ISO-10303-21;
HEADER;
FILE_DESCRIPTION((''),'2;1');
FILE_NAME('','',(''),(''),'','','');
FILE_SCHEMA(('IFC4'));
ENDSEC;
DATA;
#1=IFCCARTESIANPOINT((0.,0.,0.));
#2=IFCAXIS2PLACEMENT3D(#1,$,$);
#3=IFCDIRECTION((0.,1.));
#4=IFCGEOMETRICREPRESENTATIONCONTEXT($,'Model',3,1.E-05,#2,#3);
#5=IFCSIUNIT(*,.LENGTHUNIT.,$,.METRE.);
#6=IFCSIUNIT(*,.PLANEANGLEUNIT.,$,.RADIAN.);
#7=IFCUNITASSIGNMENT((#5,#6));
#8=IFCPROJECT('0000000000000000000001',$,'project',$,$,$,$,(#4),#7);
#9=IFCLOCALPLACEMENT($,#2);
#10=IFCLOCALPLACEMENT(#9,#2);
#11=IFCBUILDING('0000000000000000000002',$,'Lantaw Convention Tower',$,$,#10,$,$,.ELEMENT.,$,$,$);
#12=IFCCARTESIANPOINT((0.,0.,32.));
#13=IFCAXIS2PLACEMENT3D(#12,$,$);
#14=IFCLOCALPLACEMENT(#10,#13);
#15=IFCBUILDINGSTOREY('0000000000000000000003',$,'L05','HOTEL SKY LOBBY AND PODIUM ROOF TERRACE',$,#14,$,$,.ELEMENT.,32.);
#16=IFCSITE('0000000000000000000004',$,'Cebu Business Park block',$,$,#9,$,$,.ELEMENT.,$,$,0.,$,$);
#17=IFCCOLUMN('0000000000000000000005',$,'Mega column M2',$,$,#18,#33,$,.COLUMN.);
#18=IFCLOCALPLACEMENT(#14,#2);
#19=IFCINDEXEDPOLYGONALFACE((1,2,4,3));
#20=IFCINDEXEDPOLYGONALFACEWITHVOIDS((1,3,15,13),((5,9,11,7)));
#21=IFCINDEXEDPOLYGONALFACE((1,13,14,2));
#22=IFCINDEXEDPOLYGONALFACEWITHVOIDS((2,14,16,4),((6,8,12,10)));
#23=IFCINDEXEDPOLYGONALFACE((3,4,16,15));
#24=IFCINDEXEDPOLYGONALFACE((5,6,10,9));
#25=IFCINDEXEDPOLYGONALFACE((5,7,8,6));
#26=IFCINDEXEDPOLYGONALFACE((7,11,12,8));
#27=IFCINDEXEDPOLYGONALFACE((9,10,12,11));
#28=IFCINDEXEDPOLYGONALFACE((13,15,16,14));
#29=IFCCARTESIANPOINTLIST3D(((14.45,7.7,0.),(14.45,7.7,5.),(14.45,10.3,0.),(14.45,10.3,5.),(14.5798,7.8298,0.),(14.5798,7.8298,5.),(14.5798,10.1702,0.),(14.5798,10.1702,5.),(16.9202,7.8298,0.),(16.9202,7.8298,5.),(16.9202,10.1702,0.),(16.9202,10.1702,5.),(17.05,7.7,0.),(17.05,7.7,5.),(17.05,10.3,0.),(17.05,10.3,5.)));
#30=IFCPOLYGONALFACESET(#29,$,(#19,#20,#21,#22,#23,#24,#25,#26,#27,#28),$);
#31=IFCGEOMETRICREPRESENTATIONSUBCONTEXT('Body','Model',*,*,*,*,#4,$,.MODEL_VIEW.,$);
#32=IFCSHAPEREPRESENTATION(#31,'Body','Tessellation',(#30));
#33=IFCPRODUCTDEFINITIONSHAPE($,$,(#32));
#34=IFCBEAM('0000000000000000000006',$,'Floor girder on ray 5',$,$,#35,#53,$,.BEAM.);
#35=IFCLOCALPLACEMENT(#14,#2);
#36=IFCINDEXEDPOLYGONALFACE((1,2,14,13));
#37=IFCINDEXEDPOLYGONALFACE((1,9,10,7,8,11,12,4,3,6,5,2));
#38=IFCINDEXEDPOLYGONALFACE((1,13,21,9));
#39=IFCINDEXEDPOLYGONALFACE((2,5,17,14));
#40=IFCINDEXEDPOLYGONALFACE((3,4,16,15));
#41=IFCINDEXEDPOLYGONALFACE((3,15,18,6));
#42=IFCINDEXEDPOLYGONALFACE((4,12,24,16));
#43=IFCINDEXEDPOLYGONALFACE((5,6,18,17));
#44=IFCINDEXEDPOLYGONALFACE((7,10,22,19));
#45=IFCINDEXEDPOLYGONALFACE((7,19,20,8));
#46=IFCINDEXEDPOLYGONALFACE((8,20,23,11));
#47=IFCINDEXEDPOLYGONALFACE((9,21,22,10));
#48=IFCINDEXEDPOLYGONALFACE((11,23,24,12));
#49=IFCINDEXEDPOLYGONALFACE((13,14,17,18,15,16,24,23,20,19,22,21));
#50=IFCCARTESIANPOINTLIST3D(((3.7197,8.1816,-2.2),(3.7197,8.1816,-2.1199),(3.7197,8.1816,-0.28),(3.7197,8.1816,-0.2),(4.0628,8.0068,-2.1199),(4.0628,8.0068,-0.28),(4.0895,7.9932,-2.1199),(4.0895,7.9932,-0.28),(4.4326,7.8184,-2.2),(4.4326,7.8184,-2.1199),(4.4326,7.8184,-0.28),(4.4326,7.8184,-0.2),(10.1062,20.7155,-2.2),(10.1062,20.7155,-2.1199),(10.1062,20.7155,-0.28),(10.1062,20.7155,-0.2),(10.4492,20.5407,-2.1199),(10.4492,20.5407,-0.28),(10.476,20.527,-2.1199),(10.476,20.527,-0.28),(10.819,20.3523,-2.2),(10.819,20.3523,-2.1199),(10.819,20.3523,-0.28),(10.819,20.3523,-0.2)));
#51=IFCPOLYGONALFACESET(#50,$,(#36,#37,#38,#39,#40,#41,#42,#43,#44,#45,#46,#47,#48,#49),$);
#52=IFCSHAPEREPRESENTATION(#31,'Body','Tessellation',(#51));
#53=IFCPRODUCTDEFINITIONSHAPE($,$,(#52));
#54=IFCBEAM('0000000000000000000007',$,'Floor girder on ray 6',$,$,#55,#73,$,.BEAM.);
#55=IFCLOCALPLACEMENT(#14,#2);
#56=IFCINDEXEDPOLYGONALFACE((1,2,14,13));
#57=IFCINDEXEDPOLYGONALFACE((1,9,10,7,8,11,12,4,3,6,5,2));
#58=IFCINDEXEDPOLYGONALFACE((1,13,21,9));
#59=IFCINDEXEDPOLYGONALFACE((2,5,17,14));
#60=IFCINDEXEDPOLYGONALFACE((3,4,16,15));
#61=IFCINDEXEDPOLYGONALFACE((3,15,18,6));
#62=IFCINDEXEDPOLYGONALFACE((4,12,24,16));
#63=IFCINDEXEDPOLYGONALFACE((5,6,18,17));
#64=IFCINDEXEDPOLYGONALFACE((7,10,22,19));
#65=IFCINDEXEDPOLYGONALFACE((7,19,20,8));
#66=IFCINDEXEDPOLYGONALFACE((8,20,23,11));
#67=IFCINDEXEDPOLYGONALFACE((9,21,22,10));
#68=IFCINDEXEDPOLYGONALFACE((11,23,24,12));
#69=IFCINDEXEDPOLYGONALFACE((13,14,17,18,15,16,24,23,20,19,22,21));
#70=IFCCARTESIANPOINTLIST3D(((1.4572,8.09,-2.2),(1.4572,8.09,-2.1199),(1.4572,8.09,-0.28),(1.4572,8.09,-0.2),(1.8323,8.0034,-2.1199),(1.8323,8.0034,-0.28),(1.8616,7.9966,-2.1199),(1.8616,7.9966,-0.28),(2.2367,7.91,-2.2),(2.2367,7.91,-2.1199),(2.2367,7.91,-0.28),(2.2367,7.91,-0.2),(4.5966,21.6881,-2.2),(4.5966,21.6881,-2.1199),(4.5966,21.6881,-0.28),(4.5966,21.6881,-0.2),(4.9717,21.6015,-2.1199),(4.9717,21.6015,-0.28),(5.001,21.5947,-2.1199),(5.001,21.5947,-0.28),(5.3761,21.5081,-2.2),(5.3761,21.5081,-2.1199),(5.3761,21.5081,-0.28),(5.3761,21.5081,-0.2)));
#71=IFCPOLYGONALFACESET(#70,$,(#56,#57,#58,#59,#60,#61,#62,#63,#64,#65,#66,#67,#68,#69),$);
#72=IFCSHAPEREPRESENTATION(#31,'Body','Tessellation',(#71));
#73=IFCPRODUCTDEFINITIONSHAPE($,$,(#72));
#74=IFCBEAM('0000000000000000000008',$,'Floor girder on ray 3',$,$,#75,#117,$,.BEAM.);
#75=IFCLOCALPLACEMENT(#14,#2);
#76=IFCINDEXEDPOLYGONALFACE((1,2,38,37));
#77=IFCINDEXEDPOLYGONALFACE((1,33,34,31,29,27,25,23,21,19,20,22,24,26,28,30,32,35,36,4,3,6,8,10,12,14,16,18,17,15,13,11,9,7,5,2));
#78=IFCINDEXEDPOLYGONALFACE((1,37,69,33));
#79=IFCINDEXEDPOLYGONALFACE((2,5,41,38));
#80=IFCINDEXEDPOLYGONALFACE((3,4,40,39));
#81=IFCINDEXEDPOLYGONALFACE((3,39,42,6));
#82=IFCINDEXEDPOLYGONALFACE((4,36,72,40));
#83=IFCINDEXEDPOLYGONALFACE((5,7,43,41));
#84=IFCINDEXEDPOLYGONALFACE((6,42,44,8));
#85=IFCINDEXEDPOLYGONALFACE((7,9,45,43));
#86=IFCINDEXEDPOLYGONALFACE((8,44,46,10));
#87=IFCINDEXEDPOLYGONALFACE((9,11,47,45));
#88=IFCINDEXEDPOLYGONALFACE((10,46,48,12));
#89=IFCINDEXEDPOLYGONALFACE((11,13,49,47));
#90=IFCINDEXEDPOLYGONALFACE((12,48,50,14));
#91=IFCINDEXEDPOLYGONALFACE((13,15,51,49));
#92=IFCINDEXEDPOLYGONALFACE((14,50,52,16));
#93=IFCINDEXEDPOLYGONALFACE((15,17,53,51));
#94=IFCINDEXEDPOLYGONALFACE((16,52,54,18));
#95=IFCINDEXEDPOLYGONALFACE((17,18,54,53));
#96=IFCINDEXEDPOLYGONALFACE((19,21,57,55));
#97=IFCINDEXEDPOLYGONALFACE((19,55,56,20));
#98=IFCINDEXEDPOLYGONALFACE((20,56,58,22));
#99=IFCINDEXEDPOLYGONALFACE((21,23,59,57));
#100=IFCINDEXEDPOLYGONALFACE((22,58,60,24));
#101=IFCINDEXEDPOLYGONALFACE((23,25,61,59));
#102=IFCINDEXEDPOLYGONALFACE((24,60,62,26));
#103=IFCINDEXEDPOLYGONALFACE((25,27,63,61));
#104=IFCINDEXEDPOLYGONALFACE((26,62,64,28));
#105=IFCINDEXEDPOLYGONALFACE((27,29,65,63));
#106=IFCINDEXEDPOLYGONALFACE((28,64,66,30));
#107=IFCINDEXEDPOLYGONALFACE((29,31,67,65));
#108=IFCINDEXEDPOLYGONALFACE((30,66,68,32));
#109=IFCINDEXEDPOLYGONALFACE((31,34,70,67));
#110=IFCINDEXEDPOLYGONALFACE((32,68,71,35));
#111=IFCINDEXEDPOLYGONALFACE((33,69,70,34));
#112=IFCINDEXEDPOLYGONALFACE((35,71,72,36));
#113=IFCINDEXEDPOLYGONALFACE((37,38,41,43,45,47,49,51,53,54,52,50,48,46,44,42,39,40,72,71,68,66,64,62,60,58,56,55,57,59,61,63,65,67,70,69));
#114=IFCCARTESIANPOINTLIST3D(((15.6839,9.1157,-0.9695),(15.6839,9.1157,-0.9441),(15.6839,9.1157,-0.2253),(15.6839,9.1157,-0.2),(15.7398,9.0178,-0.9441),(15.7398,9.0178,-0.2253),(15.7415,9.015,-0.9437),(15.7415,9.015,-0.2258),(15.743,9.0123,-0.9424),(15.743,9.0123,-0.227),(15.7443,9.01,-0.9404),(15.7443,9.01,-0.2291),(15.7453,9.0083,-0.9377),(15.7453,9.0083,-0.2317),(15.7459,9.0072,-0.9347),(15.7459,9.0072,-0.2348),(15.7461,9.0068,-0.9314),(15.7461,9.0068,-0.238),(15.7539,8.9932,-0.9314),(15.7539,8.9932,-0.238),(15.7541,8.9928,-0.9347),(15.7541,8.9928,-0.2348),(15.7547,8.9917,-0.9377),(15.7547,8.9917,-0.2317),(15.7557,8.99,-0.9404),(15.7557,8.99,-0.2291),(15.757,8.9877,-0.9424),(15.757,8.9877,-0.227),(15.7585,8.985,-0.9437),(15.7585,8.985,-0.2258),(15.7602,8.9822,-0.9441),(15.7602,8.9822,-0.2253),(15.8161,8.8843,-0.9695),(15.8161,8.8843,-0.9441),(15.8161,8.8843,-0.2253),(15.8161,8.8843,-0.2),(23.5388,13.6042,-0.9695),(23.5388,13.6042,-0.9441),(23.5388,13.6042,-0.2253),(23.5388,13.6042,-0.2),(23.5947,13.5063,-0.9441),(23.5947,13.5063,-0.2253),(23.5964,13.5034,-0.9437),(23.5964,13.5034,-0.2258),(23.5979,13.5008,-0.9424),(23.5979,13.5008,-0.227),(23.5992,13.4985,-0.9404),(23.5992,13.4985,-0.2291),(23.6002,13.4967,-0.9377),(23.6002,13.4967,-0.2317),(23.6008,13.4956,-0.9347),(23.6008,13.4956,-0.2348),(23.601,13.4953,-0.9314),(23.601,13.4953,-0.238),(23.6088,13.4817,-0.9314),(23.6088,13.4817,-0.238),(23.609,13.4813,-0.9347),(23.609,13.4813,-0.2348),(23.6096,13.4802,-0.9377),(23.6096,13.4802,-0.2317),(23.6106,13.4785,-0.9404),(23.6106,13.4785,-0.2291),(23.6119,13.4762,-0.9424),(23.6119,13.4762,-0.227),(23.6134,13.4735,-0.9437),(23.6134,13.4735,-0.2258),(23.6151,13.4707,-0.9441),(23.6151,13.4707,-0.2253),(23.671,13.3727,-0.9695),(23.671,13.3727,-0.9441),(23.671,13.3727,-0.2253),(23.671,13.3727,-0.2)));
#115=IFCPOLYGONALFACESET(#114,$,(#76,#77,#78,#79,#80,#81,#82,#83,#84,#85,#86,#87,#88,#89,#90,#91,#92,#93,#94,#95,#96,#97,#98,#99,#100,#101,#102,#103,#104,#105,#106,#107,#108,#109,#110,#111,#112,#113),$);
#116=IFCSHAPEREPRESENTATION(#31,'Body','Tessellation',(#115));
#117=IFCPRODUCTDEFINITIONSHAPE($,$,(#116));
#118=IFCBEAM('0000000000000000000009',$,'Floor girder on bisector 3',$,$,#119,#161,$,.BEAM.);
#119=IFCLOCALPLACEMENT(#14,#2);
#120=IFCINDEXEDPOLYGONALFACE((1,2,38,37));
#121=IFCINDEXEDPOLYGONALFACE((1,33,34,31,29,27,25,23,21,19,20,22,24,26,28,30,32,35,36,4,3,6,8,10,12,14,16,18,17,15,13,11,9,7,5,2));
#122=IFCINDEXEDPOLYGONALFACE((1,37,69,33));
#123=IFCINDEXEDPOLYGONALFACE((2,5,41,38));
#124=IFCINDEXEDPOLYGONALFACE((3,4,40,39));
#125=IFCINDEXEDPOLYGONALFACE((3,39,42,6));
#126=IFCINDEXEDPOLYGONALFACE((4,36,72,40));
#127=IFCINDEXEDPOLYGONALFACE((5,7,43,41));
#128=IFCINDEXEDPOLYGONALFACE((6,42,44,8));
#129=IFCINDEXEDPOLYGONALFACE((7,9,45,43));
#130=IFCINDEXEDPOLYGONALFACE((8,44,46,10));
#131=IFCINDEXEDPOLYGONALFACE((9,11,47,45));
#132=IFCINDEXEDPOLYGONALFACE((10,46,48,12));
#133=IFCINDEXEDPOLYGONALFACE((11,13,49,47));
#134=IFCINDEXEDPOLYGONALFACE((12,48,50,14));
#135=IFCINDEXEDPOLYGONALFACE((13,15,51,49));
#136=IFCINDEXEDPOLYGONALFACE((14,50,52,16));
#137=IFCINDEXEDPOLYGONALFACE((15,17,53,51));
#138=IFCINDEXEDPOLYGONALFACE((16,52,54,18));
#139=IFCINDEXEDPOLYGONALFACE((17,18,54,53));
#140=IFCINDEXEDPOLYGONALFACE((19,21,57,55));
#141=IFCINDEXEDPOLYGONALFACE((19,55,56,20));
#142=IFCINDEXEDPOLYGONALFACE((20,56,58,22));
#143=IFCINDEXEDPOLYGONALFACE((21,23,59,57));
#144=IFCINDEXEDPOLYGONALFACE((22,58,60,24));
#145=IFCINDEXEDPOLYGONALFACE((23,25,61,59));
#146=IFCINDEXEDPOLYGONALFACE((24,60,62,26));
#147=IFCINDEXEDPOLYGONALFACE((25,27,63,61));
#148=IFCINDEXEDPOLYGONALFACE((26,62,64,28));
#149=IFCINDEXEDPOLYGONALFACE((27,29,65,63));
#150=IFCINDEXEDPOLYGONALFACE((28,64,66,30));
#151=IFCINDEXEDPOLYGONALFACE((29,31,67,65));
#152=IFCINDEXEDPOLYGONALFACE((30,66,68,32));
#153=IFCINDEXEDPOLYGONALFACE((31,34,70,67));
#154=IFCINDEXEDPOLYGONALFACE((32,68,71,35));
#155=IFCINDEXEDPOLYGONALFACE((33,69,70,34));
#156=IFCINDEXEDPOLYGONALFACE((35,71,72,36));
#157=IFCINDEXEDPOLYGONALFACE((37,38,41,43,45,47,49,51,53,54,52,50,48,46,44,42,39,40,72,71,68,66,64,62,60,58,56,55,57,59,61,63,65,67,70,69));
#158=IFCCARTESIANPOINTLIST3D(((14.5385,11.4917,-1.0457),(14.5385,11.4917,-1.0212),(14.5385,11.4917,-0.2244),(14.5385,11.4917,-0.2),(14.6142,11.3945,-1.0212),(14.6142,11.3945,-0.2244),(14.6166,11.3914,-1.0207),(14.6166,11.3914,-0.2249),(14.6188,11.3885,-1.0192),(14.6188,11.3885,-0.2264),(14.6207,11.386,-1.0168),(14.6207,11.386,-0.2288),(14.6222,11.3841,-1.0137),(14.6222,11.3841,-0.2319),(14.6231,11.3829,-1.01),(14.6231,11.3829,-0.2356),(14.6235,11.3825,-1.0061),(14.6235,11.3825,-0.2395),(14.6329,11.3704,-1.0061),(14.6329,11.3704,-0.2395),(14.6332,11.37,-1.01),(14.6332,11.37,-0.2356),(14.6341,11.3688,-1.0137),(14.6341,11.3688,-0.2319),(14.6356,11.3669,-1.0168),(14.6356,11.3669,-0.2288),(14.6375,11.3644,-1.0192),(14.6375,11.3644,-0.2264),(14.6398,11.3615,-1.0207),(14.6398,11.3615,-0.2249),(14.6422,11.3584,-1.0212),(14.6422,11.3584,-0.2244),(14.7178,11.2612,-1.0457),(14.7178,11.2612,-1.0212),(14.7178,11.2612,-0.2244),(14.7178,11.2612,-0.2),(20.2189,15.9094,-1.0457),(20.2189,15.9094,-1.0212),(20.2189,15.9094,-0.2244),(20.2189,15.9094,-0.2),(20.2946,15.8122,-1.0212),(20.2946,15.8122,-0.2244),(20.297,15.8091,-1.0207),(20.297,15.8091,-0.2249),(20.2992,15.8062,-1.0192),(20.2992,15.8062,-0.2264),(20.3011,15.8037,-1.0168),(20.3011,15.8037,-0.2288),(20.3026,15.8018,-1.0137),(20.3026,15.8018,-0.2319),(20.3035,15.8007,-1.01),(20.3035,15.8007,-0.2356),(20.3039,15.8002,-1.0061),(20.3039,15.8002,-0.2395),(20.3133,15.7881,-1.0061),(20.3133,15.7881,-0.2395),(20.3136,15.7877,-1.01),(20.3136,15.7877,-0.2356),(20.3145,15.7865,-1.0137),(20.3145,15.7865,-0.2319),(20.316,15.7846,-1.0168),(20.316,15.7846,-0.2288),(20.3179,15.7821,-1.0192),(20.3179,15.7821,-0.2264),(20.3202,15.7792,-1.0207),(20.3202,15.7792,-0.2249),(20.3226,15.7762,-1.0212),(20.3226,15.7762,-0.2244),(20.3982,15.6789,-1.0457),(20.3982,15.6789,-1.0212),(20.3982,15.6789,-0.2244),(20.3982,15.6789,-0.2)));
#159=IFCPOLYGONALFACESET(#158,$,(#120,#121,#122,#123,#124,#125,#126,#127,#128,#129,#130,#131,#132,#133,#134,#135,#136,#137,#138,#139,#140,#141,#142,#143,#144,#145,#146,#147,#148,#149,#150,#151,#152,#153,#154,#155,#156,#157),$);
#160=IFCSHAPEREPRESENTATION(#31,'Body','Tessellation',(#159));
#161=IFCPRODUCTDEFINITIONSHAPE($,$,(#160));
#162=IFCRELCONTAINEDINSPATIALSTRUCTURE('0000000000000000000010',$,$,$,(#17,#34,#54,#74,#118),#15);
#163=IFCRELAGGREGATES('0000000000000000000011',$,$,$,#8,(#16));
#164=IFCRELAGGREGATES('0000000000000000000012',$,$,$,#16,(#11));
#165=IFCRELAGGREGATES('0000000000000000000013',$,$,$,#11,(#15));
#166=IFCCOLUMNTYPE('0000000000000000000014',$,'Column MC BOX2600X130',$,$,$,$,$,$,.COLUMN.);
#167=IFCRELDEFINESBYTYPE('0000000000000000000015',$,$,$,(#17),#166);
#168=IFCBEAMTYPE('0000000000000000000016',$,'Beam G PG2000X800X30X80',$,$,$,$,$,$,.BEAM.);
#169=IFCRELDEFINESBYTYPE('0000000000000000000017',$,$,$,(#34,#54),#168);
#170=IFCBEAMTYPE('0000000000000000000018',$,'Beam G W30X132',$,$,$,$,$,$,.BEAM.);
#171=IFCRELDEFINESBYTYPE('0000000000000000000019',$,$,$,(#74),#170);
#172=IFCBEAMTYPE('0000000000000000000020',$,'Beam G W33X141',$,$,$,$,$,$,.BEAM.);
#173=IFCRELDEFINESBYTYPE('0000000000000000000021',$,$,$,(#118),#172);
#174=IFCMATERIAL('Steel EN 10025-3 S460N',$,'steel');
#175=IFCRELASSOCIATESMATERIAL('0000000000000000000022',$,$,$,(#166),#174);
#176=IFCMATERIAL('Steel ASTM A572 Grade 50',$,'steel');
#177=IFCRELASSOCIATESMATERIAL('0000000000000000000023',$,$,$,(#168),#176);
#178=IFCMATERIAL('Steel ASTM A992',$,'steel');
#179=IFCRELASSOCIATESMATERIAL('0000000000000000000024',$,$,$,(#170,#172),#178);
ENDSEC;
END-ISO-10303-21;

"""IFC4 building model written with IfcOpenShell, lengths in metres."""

from ifc_helpers import new_model, si_unit, direction, frame, origin, origin_2d, place, context, subcontext, project, spatial, rectangle, hollow_rectangle, i_section, extrude, material, material_profile, profile_set, type_object, element, save


model = new_model("IFC4")

# Units and contexts
model_context = context("Model", 3, precision=1e-05, world=origin(), true_north=direction((0.0, 1.0)))
body_context = subcontext(model_context, "Body", "Model", "MODEL_VIEW")
ifc_project = project(units=[si_unit("LENGTHUNIT", "METRE"), si_unit("PLANEANGLEUNIT", "RADIAN")], contexts=[model_context])

# Site, building, storey
site_placement = place(None, origin())
site = spatial("IfcSite", under=ifc_project, at=site_placement, Name="Cebu Business Park block", CompositionType="ELEMENT", RefElevation=0.0)
building_placement = place(site_placement, origin())
building = spatial("IfcBuilding", under=site, at=building_placement, Name="Lantaw Convention Tower", CompositionType="ELEMENT")
storey_placement = place(building_placement, frame((0.0, 0.0, 32.0)))
storey = spatial("IfcBuildingStorey", under=building, at=storey_placement, Name="L05", Description="HOTEL SKY LOBBY AND PODIUM ROOF TERRACE", CompositionType="ELEMENT", Elevation=32.0)

# Column
ifc_material_1 = material(Name="Steel EN 10025-3 S460N", Category="steel")
ifc_material_profile_1 = material_profile(ifc_material_1, hollow_rectangle(XDim=2.6001, YDim=2.6001, WallThickness=0.1299, at=origin_2d()), Name="BOX2600X130")
ifc_material_2 = material(Name="Concrete C60/75", Category="concrete")
ifc_material_profile_2 = material_profile(ifc_material_2, rectangle(XDim=2.3401, YDim=2.3401, at=origin_2d()), Name="Concrete fill of BOX2600X130")
ifc_profile_set_1 = profile_set([ifc_material_profile_1, ifc_material_profile_2], Name="Steel EN 10025-3 S460N")
column_type = type_object("IfcColumnType", Name="Column MC BOX2600X130", PredefinedType="COLUMN", material=ifc_profile_set_1)
column_placement = place(storey_placement, frame((15.75, 9.0, 0.0), z_axis=(0.0, 0.0, 1.0), x_axis=(1.0, 0.0, 0.0)))
element("IfcColumn", 1, at=column_placement, inside=storey, type_object=column_type, Name="Mega column M2", PredefinedType="COLUMN", context=body_context, shape_type="SweptSolid", body=[
    extrude(hollow_rectangle(XDim=2.6001, YDim=2.6001, WallThickness=0.1299, at=origin_2d()), origin(), (0.0, 0.0, 1.0), 5.0),
])

# Beams
ifc_material_3 = material(Name="Steel ASTM A572 Grade 50", Category="steel")
ifc_material_profile_3 = material_profile(ifc_material_3, i_section(OverallWidth=0.8, OverallDepth=2.0, WebThickness=0.03, FlangeThickness=0.0801, at=origin_2d()), Name="PG2000X800X30X80")
ifc_profile_set_2 = profile_set([ifc_material_profile_3], Name="Steel ASTM A572 Grade 50")
beam_type_1 = type_object("IfcBeamType", Name="Beam G PG2000X800X30X80", PredefinedType="BEAM", material=ifc_profile_set_2)
beam_1_placement = place(storey_placement, frame((4.0762, 8.0, -1.2), z_axis=(0.453997, 0.891003, 0.0), x_axis=(-0.891003, 0.453997, 0.0)))
element("IfcBeam", 2, at=beam_1_placement, inside=storey, type_object=beam_type_1, Name="Floor girder on ray 5", PredefinedType="BEAM", context=body_context, shape_type="SweptSolid", body=[
    extrude(i_section(OverallWidth=0.8, OverallDepth=2.0, WebThickness=0.03, FlangeThickness=0.0801, at=origin_2d()), origin(), (0.0, 0.0, 1.0), 14.0671),
])
beam_2_placement = place(storey_placement, frame((1.8469, 8.0, -1.2), z_axis=(0.224953, 0.97437, 0.0), x_axis=(-0.97437, 0.224953, 0.0)))
element("IfcBeam", 3, at=beam_2_placement, inside=storey, type_object=beam_type_1, Name="Floor girder on ray 6", PredefinedType="BEAM", context=body_context, shape_type="SweptSolid", body=[
    extrude(i_section(OverallWidth=0.8, OverallDepth=2.0, WebThickness=0.03, FlangeThickness=0.0801, at=origin_2d()), origin(), (0.0, 0.0, 1.0), 13.9558),
])
ifc_material_4 = material(Name="Steel ASTM A992", Category="steel")
ifc_material_profile_4 = material_profile(ifc_material_4, i_section(OverallWidth=0.2666, OverallDepth=0.7695, WebThickness=0.0156, FlangeThickness=0.0254, FilletRadius=0.0127, at=origin_2d()), Name="W30X132")
ifc_profile_set_3 = profile_set([ifc_material_profile_4], Name="Steel ASTM A992")
beam_type_2 = type_object("IfcBeamType", Name="Beam G W30X132", PredefinedType="BEAM", material=ifc_profile_set_3)
beam_3_placement = place(storey_placement, frame((15.75, 9.0, -0.5847), z_axis=(0.868245, 0.496136, 0.0), x_axis=(-0.496136, 0.868245, 0.0)))
element("IfcBeam", 4, at=beam_3_placement, inside=storey, type_object=beam_type_2, Name="Floor girder on ray 3", PredefinedType="BEAM", context=body_context, shape_type="SweptSolid", body=[
    extrude(i_section(OverallWidth=0.2666, OverallDepth=0.7695, WebThickness=0.0156, FlangeThickness=0.0254, FilletRadius=0.0127, at=origin_2d()), origin(), (0.0, 0.0, 1.0), 9.0469),
])
ifc_material_profile_5 = material_profile(ifc_material_4, i_section(OverallWidth=0.292, OverallDepth=0.8457, WebThickness=0.0154, FlangeThickness=0.0244, FilletRadius=0.0151, at=origin_2d()), Name="W33X141")
ifc_profile_set_4 = profile_set([ifc_material_profile_5], Name="Steel ASTM A992")
beam_type_3 = type_object("IfcBeamType", Name="Beam G W33X141", PredefinedType="BEAM", material=ifc_profile_set_4)
beam_4_placement = place(storey_placement, frame((14.6282, 11.3765, -0.6228), z_axis=(0.789378, 0.613908, 0.0), x_axis=(-0.613908, 0.789378, 0.0)))
element("IfcBeam", 5, at=beam_4_placement, inside=storey, type_object=beam_type_3, Name="Floor girder on bisector 3", PredefinedType="BEAM", context=body_context, shape_type="SweptSolid", body=[
    extrude(i_section(OverallWidth=0.292, OverallDepth=0.8457, WebThickness=0.0154, FlangeThickness=0.0244, FilletRadius=0.0151, at=origin_2d()), origin(), (0.0, 0.0, 1.0), 7.196),
])

save(model, "model.ifc")
